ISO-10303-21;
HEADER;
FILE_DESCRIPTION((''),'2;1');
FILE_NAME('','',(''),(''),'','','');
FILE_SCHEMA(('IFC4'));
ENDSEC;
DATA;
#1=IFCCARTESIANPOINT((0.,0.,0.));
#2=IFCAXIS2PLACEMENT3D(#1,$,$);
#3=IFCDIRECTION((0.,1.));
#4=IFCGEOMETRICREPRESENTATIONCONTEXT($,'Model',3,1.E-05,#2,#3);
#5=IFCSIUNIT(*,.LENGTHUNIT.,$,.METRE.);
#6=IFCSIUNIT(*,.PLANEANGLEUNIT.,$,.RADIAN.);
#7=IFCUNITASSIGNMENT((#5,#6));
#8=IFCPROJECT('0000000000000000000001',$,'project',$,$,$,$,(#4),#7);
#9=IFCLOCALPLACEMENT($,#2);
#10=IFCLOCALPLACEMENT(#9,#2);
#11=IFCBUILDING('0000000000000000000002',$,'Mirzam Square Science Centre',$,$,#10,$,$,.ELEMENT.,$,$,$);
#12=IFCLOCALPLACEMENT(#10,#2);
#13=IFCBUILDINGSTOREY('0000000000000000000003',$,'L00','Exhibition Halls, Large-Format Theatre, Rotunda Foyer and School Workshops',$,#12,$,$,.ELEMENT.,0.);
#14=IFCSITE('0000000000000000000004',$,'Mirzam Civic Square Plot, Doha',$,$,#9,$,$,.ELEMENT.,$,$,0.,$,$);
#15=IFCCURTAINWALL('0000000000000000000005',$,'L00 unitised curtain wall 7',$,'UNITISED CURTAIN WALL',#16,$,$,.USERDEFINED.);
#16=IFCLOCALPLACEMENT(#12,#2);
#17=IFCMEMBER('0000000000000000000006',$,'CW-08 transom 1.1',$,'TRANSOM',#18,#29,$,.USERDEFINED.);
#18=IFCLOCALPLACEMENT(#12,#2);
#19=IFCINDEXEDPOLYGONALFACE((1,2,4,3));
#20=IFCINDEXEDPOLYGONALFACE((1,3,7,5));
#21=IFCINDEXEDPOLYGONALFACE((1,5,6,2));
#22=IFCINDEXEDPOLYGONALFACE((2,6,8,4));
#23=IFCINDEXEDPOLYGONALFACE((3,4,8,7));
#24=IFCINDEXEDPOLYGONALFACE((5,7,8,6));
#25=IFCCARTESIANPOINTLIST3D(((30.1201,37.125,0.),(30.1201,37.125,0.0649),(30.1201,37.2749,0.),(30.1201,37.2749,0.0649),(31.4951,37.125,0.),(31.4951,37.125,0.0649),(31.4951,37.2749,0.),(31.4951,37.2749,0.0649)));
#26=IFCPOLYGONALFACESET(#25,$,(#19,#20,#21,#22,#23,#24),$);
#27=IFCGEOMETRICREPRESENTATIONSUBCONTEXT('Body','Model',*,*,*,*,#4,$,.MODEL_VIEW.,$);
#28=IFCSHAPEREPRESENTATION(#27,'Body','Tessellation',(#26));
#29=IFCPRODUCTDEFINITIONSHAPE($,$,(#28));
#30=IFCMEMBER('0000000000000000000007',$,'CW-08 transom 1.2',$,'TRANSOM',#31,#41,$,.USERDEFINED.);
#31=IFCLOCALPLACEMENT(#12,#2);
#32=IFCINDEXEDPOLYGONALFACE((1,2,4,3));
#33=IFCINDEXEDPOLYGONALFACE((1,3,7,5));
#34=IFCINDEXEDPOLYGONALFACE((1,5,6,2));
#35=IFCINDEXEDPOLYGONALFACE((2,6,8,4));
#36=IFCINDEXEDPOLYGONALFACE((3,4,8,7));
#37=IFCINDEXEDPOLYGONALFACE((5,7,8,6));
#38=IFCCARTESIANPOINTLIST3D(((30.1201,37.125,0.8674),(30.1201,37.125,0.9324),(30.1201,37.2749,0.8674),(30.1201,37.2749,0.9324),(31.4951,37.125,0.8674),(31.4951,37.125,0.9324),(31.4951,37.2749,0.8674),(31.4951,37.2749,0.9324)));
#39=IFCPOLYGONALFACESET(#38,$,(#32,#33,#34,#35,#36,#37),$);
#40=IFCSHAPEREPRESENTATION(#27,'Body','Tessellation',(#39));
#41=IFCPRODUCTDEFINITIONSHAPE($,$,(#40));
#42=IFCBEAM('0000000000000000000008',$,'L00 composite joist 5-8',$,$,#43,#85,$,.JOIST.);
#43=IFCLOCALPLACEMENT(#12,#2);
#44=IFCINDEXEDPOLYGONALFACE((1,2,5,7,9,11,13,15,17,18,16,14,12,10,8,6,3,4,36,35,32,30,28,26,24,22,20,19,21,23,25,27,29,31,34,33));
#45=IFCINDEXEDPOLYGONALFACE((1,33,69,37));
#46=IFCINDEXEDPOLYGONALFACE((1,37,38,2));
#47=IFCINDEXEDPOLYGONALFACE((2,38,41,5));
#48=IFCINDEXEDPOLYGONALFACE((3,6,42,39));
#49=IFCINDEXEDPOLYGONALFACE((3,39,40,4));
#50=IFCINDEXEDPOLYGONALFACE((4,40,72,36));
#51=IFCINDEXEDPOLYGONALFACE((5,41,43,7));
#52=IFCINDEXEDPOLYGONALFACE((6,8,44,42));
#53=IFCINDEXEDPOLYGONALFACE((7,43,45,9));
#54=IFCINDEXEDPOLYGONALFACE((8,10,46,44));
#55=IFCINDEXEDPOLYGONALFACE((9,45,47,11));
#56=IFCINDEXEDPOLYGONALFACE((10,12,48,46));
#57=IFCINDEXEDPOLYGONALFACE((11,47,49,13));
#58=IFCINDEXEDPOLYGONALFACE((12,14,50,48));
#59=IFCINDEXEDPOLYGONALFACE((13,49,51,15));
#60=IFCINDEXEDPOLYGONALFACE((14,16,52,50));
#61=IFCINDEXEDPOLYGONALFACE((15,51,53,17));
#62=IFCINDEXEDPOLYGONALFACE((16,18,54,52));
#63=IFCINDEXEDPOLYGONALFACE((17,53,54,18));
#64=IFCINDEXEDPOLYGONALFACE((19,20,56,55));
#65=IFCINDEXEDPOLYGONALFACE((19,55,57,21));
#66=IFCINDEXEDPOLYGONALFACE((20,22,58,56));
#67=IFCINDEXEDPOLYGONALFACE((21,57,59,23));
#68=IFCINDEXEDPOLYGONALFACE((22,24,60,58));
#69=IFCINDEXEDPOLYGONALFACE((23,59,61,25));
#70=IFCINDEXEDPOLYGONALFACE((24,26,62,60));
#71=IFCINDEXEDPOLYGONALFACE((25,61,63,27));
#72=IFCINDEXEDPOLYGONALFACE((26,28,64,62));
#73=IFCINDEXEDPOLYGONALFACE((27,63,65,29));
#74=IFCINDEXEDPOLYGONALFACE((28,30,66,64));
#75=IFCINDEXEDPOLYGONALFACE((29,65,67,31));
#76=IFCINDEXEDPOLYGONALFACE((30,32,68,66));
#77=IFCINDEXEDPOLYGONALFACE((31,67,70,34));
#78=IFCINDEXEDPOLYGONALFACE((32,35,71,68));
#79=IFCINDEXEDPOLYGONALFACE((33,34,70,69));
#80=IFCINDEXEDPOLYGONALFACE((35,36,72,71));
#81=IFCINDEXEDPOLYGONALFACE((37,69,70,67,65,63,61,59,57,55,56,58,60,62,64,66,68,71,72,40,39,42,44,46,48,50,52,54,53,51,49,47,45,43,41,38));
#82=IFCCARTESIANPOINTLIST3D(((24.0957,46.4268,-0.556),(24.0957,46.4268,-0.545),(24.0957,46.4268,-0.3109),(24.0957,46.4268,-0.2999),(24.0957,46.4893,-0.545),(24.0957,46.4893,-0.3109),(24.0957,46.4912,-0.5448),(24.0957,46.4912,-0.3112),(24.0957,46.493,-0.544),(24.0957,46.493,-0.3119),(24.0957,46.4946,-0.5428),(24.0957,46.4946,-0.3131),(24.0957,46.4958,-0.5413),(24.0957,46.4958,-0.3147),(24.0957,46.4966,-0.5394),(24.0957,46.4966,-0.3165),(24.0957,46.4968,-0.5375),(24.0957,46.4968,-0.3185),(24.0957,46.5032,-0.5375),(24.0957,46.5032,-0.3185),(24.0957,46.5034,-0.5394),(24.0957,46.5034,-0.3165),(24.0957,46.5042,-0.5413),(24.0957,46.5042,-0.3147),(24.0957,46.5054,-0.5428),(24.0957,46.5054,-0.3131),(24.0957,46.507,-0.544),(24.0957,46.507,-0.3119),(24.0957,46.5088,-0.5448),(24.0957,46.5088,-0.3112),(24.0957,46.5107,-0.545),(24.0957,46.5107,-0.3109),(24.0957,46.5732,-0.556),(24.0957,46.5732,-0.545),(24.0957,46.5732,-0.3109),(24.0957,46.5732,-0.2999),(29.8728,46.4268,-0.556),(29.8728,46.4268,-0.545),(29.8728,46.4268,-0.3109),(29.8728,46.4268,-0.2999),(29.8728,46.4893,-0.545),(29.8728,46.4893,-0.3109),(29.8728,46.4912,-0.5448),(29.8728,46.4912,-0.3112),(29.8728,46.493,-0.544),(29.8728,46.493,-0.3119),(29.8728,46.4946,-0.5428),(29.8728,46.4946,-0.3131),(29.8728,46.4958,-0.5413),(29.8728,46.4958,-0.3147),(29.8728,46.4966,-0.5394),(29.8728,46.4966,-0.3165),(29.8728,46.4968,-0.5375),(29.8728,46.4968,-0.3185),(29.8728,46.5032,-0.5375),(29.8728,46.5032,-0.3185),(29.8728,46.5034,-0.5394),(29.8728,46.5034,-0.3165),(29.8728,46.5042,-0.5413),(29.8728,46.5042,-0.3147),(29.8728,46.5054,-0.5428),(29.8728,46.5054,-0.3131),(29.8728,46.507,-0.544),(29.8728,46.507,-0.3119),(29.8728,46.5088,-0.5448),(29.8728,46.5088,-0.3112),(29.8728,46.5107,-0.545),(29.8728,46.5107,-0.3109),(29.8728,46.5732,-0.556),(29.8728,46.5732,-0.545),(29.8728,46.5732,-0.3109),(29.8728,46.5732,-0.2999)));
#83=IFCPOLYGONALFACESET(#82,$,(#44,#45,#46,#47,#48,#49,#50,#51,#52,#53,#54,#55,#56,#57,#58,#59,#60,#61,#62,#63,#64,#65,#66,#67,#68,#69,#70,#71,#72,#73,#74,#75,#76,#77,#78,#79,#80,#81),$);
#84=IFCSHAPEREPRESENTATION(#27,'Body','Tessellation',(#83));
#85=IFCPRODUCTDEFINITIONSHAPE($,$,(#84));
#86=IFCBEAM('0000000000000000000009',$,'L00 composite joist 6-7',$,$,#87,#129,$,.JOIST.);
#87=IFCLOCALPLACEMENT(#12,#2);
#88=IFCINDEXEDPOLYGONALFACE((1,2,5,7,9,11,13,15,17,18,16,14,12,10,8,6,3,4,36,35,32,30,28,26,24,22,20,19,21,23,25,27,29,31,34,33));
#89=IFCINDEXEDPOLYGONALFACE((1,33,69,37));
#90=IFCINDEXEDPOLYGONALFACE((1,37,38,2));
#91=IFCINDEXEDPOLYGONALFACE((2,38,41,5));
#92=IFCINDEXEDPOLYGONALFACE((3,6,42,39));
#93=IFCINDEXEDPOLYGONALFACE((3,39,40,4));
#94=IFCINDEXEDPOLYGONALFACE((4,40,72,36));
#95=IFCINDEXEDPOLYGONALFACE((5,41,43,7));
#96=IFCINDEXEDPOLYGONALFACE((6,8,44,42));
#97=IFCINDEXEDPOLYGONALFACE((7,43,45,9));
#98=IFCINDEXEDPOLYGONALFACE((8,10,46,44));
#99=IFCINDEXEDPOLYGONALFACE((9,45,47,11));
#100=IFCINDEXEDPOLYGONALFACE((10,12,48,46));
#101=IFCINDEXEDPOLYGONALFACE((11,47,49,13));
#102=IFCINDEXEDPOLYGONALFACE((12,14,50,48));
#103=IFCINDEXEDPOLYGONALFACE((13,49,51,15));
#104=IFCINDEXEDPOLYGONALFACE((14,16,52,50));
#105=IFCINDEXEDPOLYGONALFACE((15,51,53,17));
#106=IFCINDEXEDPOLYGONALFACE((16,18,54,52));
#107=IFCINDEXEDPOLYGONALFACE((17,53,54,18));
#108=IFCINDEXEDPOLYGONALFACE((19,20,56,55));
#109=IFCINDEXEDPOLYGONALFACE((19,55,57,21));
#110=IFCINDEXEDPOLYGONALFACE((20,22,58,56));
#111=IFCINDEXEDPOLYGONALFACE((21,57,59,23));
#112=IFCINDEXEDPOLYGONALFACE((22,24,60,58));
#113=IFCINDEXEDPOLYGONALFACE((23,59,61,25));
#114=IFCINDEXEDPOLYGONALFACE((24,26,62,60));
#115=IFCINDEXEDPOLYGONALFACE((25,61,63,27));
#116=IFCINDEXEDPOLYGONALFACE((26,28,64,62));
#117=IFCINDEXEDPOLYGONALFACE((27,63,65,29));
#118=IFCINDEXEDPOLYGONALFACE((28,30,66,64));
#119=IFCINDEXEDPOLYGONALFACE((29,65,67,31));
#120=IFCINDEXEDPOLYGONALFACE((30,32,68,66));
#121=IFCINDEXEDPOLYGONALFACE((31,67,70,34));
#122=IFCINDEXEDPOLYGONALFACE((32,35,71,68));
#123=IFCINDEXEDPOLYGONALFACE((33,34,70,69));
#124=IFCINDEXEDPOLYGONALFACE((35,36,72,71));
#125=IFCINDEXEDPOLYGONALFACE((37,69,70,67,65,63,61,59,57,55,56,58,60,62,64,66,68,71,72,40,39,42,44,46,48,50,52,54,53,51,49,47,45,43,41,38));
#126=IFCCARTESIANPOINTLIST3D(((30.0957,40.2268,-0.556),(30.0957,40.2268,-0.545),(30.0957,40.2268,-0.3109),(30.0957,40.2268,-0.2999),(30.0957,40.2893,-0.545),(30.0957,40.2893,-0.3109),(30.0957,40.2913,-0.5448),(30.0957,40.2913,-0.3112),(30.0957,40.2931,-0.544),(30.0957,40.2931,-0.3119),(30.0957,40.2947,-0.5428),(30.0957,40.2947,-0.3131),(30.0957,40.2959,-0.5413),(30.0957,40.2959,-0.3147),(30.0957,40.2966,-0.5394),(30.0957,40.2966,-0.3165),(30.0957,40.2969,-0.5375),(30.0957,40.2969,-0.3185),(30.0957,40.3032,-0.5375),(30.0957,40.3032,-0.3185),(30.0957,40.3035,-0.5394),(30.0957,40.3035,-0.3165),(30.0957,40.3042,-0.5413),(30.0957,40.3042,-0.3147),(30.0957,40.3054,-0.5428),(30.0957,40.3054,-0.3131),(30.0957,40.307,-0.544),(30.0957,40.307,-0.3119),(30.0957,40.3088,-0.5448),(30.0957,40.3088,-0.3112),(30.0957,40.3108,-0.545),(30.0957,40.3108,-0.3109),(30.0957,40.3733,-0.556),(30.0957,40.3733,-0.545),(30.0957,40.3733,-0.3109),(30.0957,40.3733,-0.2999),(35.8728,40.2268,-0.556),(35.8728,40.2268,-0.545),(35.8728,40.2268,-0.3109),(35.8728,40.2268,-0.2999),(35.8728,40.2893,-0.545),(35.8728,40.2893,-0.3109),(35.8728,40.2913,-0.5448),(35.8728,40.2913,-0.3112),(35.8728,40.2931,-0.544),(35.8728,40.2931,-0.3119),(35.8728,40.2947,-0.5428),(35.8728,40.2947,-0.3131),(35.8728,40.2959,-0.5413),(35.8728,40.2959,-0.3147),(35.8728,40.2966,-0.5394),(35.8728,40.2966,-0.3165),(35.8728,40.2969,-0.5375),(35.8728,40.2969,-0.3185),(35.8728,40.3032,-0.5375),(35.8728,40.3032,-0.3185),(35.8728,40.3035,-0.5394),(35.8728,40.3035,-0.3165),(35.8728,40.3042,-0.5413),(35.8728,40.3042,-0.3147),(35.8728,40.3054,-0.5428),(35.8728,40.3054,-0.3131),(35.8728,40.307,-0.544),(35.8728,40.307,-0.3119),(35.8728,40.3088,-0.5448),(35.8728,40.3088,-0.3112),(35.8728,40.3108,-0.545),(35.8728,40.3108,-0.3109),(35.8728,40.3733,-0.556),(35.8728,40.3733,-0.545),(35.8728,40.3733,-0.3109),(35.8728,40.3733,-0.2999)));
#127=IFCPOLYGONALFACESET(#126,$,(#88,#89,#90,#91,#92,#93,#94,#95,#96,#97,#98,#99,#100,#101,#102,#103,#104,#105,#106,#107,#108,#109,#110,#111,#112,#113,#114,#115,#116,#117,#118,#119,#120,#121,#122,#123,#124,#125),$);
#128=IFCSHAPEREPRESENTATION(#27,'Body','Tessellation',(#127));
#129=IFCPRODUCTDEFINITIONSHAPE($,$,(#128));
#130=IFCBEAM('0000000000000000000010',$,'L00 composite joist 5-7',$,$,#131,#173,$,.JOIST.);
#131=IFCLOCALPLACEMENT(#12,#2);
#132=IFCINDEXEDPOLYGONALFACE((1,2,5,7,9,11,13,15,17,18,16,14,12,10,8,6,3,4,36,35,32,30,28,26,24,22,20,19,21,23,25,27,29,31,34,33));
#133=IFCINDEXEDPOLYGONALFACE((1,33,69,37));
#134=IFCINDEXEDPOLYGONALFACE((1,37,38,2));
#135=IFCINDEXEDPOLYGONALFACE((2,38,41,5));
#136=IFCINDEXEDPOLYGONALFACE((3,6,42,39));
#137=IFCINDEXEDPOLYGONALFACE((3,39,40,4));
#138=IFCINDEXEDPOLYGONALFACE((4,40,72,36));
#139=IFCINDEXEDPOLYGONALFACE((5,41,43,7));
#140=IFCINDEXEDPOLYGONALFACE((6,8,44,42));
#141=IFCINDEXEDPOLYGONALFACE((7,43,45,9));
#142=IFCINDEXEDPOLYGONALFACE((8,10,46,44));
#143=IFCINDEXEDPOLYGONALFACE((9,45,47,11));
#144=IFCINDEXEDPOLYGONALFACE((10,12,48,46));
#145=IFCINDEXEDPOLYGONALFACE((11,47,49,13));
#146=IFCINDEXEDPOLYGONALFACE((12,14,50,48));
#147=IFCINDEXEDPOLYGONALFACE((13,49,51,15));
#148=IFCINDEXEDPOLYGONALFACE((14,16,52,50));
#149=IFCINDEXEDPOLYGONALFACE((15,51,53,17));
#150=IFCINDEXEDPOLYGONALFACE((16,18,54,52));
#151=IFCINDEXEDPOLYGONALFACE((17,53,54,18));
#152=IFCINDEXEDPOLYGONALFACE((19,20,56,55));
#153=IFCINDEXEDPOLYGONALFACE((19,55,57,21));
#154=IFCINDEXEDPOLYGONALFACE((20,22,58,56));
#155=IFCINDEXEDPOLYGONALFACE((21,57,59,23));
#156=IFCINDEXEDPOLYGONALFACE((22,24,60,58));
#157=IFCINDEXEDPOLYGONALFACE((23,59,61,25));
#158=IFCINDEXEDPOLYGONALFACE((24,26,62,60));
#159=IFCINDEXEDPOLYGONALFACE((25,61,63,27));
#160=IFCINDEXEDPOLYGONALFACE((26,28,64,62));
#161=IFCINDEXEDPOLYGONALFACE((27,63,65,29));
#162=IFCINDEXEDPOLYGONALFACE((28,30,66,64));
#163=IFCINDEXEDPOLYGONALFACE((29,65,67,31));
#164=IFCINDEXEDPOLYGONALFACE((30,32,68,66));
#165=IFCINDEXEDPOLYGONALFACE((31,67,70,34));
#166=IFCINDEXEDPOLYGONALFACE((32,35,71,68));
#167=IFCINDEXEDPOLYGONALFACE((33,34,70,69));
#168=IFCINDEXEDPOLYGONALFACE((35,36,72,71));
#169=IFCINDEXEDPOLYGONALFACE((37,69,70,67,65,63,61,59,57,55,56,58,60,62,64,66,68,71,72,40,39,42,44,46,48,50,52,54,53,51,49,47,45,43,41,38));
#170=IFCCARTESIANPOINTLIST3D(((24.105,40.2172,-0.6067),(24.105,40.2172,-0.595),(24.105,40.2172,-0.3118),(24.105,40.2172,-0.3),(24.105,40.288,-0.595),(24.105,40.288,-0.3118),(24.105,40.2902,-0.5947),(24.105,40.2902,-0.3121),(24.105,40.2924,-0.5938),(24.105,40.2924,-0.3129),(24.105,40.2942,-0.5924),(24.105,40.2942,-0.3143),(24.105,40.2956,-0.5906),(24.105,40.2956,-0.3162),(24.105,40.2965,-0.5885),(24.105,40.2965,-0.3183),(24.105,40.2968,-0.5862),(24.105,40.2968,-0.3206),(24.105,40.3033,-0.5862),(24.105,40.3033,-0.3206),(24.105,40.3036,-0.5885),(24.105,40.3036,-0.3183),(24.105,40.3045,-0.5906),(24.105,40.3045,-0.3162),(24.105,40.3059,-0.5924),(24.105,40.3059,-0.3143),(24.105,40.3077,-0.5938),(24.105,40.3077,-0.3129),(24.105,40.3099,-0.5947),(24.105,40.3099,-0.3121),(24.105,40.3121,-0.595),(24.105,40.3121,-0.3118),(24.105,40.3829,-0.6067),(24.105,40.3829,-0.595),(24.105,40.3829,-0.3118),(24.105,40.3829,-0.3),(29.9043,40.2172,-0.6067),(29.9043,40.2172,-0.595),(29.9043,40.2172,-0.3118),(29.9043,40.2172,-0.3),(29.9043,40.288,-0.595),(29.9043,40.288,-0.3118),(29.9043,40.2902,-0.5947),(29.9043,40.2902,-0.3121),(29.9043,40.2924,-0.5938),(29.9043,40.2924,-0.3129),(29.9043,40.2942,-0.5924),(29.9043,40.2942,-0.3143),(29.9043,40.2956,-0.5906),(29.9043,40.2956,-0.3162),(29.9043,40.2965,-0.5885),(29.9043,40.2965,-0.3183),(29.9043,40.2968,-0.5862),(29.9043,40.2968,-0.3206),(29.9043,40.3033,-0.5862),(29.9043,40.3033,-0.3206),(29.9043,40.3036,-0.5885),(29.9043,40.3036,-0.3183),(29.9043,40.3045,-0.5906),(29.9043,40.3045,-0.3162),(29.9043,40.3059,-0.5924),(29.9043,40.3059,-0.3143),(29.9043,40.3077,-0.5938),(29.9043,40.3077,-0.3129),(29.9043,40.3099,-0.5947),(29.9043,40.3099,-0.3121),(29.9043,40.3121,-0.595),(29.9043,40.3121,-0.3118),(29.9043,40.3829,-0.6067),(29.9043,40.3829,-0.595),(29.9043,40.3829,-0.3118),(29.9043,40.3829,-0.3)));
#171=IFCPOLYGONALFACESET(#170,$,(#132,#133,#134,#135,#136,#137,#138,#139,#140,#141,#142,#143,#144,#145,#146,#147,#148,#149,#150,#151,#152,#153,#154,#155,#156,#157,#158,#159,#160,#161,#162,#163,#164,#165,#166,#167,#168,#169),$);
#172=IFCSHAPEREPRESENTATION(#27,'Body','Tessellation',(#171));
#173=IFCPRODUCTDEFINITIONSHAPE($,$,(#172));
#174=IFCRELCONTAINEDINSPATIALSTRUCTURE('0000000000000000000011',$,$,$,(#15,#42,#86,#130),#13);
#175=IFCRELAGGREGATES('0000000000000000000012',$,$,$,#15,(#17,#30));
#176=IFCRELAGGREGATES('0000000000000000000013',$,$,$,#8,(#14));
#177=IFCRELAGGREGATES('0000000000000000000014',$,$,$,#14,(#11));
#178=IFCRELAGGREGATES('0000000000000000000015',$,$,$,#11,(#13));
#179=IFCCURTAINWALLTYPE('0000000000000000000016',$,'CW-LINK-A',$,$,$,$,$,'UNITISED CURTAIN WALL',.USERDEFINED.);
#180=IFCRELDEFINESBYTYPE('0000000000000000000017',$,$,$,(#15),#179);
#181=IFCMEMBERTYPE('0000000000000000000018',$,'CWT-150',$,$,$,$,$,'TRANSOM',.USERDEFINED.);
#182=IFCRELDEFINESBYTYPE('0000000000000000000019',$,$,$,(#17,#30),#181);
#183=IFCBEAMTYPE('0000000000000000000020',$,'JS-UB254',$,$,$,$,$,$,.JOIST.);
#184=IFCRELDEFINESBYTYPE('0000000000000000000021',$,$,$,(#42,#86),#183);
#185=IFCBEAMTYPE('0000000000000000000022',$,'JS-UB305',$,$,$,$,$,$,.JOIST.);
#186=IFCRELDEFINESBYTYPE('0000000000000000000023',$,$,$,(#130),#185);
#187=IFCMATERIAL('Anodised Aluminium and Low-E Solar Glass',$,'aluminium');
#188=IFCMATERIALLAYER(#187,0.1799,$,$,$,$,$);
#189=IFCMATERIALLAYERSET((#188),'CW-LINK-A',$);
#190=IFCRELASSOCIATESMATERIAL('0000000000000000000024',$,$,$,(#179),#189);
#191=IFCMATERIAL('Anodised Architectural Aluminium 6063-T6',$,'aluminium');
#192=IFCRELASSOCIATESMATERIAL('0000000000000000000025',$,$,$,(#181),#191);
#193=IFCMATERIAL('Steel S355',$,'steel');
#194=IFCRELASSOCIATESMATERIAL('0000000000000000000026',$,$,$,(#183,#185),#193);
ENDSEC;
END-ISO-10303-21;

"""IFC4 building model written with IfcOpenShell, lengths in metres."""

from ifc_helpers import new_model, si_unit, direction, frame, origin, origin_2d, place, context, subcontext, project, spatial, rectangle, i_section, extrude, material, layer, layer_set, material_profile, profile_set, type_object, element, aggregate, save


model = new_model("IFC4")

# Units and contexts
model_context = context("Model", 3, precision=1e-05, world=origin(), true_north=direction((0.0, 1.0)))
body_context = subcontext(model_context, "Body", "Model", "MODEL_VIEW")
ifc_project = project(units=[si_unit("LENGTHUNIT", "METRE"), si_unit("PLANEANGLEUNIT", "RADIAN")], contexts=[model_context])

# Site, building, storey
site_placement = place(None, origin())
site = spatial("IfcSite", under=ifc_project, at=site_placement, Name="Mirzam Civic Square Plot, Doha", CompositionType="ELEMENT", RefElevation=0.0)
building_placement = place(site_placement, origin())
building = spatial("IfcBuilding", under=site, at=building_placement, Name="Mirzam Square Science Centre", CompositionType="ELEMENT")
storey_placement = place(building_placement, origin())
storey = spatial("IfcBuildingStorey", under=building, at=storey_placement, Name="L00", Description="Exhibition Halls, Large-Format Theatre, Rotunda Foyer and School Workshops", CompositionType="ELEMENT", Elevation=0.0)

# Shared definitions
ifc_material_1 = material(Name="Steel S355", Category="steel")

# Curtain wall
ifc_material_2 = material(Name="Anodised Aluminium and Low-E Solar Glass", Category="aluminium")
ifc_material_3 = material(Name="Anodised Architectural Aluminium 6063-T6", Category="aluminium")
ifc_layer_1 = layer(ifc_material_2, 0.1799)
ifc_layer_set_1 = layer_set([ifc_layer_1], Name="CW-LINK-A")
curtain_wall_type_1 = type_object("IfcCurtainWallType", Name="CW-LINK-A", ElementType="UNITISED CURTAIN WALL", PredefinedType="USERDEFINED", material=ifc_layer_set_1)
curtain_wall_1_placement = place(storey_placement, origin())
curtain_wall_1 = element("IfcCurtainWall", 1, at=curtain_wall_1_placement, inside=storey, type_object=curtain_wall_type_1, Name="L00 unitised curtain wall 7", ObjectType="UNITISED CURTAIN WALL", PredefinedType="USERDEFINED")

# Members
ifc_material_profile_1 = material_profile(ifc_material_3, rectangle(XDim=0.1499, YDim=0.0649, at=origin_2d()), Name="ALU-TRAN-150x65x4")
ifc_profile_set_1 = profile_set([ifc_material_profile_1], Name="Anodised Architectural Aluminium 6063-T6")
member_type_1 = type_object("IfcMemberType", Name="CWT-150", ElementType="TRANSOM", PredefinedType="USERDEFINED", material=ifc_profile_set_1)
member_1_placement = place(storey_placement, frame((30.1201, 37.2, 0.0325), z_axis=(1.0, 0.0, 0.0), x_axis=(0.0, 1.0, 0.0)))
member_1 = element("IfcMember", 2, at=member_1_placement, type_object=member_type_1, Name="CW-08 transom 1.1", ObjectType="TRANSOM", PredefinedType="USERDEFINED", context=body_context, shape_type="SweptSolid", body=[
    extrude(rectangle(XDim=0.1499, YDim=0.0649, at=origin_2d()), origin(), (0.0, 0.0, 1.0), 1.375),
])
member_2_placement = place(storey_placement, frame((30.1201, 37.2, 0.8999), z_axis=(1.0, 0.0, 0.0), x_axis=(0.0, 1.0, 0.0)))
member_2 = element("IfcMember", 3, at=member_2_placement, type_object=member_type_1, Name="CW-08 transom 1.2", ObjectType="TRANSOM", PredefinedType="USERDEFINED", context=body_context, shape_type="SweptSolid", body=[
    extrude(rectangle(XDim=0.1499, YDim=0.0649, at=origin_2d()), origin(), (0.0, 0.0, 1.0), 1.375),
])
aggregate(curtain_wall_1, [member_1, member_2])

# Beams
ifc_material_profile_2 = material_profile(ifc_material_1, i_section(OverallWidth=0.1465, OverallDepth=0.2561, WebThickness=0.0063, FlangeThickness=0.011, FilletRadius=0.0076, at=origin_2d()), Name="254x146x37UB")
ifc_profile_set_2 = profile_set([ifc_material_profile_2], Name="Steel S355")
beam_type_1 = type_object("IfcBeamType", Name="JS-UB254", PredefinedType="JOIST", material=ifc_profile_set_2)
for number, where, z_axis, x_axis, name in (
    (4, (24.0957, 46.5, -0.428), (1.0, 0.0, 0.0), (0.0, 1.0, 0.0), "L00 composite joist 5-8"),
    (5, (30.0957, 40.3, -0.428), (1.0, 0.0, 0.0), (0.0, 1.0, 0.0), "L00 composite joist 6-7"),
):
    element("IfcBeam", number, at=place(storey_placement, frame(where, z_axis=z_axis, x_axis=x_axis)), inside=storey, type_object=beam_type_1, Name=name, PredefinedType="JOIST", context=body_context, shape_type="SweptSolid", body=[
        extrude(i_section(OverallWidth=0.1465, OverallDepth=0.2561, WebThickness=0.0063, FlangeThickness=0.011, FilletRadius=0.0076, at=origin_2d()), origin(), (0.0, 0.0, 1.0), 5.7771),
    ])
ifc_material_profile_3 = material_profile(ifc_material_1, i_section(OverallWidth=0.1658, OverallDepth=0.3066, WebThickness=0.0066, FlangeThickness=0.0117, FilletRadius=0.0088, at=origin_2d()), Name="305x165x46UB")
ifc_profile_set_3 = profile_set([ifc_material_profile_3], Name="Steel S355")
beam_type_2 = type_object("IfcBeamType", Name="JS-UB305", PredefinedType="JOIST", material=ifc_profile_set_3)
beam_1_placement = place(storey_placement, frame((24.105, 40.3, -0.4534), z_axis=(1.0, 0.0, 0.0), x_axis=(0.0, 1.0, 0.0)))
element("IfcBeam", 6, at=beam_1_placement, inside=storey, type_object=beam_type_2, Name="L00 composite joist 5-7", PredefinedType="JOIST", context=body_context, shape_type="SweptSolid", body=[
    extrude(i_section(OverallWidth=0.1658, OverallDepth=0.3066, WebThickness=0.0066, FlangeThickness=0.0117, FilletRadius=0.0088, at=origin_2d()), origin(), (0.0, 0.0, 1.0), 5.7993),
])

save(model, "model.ifc")
